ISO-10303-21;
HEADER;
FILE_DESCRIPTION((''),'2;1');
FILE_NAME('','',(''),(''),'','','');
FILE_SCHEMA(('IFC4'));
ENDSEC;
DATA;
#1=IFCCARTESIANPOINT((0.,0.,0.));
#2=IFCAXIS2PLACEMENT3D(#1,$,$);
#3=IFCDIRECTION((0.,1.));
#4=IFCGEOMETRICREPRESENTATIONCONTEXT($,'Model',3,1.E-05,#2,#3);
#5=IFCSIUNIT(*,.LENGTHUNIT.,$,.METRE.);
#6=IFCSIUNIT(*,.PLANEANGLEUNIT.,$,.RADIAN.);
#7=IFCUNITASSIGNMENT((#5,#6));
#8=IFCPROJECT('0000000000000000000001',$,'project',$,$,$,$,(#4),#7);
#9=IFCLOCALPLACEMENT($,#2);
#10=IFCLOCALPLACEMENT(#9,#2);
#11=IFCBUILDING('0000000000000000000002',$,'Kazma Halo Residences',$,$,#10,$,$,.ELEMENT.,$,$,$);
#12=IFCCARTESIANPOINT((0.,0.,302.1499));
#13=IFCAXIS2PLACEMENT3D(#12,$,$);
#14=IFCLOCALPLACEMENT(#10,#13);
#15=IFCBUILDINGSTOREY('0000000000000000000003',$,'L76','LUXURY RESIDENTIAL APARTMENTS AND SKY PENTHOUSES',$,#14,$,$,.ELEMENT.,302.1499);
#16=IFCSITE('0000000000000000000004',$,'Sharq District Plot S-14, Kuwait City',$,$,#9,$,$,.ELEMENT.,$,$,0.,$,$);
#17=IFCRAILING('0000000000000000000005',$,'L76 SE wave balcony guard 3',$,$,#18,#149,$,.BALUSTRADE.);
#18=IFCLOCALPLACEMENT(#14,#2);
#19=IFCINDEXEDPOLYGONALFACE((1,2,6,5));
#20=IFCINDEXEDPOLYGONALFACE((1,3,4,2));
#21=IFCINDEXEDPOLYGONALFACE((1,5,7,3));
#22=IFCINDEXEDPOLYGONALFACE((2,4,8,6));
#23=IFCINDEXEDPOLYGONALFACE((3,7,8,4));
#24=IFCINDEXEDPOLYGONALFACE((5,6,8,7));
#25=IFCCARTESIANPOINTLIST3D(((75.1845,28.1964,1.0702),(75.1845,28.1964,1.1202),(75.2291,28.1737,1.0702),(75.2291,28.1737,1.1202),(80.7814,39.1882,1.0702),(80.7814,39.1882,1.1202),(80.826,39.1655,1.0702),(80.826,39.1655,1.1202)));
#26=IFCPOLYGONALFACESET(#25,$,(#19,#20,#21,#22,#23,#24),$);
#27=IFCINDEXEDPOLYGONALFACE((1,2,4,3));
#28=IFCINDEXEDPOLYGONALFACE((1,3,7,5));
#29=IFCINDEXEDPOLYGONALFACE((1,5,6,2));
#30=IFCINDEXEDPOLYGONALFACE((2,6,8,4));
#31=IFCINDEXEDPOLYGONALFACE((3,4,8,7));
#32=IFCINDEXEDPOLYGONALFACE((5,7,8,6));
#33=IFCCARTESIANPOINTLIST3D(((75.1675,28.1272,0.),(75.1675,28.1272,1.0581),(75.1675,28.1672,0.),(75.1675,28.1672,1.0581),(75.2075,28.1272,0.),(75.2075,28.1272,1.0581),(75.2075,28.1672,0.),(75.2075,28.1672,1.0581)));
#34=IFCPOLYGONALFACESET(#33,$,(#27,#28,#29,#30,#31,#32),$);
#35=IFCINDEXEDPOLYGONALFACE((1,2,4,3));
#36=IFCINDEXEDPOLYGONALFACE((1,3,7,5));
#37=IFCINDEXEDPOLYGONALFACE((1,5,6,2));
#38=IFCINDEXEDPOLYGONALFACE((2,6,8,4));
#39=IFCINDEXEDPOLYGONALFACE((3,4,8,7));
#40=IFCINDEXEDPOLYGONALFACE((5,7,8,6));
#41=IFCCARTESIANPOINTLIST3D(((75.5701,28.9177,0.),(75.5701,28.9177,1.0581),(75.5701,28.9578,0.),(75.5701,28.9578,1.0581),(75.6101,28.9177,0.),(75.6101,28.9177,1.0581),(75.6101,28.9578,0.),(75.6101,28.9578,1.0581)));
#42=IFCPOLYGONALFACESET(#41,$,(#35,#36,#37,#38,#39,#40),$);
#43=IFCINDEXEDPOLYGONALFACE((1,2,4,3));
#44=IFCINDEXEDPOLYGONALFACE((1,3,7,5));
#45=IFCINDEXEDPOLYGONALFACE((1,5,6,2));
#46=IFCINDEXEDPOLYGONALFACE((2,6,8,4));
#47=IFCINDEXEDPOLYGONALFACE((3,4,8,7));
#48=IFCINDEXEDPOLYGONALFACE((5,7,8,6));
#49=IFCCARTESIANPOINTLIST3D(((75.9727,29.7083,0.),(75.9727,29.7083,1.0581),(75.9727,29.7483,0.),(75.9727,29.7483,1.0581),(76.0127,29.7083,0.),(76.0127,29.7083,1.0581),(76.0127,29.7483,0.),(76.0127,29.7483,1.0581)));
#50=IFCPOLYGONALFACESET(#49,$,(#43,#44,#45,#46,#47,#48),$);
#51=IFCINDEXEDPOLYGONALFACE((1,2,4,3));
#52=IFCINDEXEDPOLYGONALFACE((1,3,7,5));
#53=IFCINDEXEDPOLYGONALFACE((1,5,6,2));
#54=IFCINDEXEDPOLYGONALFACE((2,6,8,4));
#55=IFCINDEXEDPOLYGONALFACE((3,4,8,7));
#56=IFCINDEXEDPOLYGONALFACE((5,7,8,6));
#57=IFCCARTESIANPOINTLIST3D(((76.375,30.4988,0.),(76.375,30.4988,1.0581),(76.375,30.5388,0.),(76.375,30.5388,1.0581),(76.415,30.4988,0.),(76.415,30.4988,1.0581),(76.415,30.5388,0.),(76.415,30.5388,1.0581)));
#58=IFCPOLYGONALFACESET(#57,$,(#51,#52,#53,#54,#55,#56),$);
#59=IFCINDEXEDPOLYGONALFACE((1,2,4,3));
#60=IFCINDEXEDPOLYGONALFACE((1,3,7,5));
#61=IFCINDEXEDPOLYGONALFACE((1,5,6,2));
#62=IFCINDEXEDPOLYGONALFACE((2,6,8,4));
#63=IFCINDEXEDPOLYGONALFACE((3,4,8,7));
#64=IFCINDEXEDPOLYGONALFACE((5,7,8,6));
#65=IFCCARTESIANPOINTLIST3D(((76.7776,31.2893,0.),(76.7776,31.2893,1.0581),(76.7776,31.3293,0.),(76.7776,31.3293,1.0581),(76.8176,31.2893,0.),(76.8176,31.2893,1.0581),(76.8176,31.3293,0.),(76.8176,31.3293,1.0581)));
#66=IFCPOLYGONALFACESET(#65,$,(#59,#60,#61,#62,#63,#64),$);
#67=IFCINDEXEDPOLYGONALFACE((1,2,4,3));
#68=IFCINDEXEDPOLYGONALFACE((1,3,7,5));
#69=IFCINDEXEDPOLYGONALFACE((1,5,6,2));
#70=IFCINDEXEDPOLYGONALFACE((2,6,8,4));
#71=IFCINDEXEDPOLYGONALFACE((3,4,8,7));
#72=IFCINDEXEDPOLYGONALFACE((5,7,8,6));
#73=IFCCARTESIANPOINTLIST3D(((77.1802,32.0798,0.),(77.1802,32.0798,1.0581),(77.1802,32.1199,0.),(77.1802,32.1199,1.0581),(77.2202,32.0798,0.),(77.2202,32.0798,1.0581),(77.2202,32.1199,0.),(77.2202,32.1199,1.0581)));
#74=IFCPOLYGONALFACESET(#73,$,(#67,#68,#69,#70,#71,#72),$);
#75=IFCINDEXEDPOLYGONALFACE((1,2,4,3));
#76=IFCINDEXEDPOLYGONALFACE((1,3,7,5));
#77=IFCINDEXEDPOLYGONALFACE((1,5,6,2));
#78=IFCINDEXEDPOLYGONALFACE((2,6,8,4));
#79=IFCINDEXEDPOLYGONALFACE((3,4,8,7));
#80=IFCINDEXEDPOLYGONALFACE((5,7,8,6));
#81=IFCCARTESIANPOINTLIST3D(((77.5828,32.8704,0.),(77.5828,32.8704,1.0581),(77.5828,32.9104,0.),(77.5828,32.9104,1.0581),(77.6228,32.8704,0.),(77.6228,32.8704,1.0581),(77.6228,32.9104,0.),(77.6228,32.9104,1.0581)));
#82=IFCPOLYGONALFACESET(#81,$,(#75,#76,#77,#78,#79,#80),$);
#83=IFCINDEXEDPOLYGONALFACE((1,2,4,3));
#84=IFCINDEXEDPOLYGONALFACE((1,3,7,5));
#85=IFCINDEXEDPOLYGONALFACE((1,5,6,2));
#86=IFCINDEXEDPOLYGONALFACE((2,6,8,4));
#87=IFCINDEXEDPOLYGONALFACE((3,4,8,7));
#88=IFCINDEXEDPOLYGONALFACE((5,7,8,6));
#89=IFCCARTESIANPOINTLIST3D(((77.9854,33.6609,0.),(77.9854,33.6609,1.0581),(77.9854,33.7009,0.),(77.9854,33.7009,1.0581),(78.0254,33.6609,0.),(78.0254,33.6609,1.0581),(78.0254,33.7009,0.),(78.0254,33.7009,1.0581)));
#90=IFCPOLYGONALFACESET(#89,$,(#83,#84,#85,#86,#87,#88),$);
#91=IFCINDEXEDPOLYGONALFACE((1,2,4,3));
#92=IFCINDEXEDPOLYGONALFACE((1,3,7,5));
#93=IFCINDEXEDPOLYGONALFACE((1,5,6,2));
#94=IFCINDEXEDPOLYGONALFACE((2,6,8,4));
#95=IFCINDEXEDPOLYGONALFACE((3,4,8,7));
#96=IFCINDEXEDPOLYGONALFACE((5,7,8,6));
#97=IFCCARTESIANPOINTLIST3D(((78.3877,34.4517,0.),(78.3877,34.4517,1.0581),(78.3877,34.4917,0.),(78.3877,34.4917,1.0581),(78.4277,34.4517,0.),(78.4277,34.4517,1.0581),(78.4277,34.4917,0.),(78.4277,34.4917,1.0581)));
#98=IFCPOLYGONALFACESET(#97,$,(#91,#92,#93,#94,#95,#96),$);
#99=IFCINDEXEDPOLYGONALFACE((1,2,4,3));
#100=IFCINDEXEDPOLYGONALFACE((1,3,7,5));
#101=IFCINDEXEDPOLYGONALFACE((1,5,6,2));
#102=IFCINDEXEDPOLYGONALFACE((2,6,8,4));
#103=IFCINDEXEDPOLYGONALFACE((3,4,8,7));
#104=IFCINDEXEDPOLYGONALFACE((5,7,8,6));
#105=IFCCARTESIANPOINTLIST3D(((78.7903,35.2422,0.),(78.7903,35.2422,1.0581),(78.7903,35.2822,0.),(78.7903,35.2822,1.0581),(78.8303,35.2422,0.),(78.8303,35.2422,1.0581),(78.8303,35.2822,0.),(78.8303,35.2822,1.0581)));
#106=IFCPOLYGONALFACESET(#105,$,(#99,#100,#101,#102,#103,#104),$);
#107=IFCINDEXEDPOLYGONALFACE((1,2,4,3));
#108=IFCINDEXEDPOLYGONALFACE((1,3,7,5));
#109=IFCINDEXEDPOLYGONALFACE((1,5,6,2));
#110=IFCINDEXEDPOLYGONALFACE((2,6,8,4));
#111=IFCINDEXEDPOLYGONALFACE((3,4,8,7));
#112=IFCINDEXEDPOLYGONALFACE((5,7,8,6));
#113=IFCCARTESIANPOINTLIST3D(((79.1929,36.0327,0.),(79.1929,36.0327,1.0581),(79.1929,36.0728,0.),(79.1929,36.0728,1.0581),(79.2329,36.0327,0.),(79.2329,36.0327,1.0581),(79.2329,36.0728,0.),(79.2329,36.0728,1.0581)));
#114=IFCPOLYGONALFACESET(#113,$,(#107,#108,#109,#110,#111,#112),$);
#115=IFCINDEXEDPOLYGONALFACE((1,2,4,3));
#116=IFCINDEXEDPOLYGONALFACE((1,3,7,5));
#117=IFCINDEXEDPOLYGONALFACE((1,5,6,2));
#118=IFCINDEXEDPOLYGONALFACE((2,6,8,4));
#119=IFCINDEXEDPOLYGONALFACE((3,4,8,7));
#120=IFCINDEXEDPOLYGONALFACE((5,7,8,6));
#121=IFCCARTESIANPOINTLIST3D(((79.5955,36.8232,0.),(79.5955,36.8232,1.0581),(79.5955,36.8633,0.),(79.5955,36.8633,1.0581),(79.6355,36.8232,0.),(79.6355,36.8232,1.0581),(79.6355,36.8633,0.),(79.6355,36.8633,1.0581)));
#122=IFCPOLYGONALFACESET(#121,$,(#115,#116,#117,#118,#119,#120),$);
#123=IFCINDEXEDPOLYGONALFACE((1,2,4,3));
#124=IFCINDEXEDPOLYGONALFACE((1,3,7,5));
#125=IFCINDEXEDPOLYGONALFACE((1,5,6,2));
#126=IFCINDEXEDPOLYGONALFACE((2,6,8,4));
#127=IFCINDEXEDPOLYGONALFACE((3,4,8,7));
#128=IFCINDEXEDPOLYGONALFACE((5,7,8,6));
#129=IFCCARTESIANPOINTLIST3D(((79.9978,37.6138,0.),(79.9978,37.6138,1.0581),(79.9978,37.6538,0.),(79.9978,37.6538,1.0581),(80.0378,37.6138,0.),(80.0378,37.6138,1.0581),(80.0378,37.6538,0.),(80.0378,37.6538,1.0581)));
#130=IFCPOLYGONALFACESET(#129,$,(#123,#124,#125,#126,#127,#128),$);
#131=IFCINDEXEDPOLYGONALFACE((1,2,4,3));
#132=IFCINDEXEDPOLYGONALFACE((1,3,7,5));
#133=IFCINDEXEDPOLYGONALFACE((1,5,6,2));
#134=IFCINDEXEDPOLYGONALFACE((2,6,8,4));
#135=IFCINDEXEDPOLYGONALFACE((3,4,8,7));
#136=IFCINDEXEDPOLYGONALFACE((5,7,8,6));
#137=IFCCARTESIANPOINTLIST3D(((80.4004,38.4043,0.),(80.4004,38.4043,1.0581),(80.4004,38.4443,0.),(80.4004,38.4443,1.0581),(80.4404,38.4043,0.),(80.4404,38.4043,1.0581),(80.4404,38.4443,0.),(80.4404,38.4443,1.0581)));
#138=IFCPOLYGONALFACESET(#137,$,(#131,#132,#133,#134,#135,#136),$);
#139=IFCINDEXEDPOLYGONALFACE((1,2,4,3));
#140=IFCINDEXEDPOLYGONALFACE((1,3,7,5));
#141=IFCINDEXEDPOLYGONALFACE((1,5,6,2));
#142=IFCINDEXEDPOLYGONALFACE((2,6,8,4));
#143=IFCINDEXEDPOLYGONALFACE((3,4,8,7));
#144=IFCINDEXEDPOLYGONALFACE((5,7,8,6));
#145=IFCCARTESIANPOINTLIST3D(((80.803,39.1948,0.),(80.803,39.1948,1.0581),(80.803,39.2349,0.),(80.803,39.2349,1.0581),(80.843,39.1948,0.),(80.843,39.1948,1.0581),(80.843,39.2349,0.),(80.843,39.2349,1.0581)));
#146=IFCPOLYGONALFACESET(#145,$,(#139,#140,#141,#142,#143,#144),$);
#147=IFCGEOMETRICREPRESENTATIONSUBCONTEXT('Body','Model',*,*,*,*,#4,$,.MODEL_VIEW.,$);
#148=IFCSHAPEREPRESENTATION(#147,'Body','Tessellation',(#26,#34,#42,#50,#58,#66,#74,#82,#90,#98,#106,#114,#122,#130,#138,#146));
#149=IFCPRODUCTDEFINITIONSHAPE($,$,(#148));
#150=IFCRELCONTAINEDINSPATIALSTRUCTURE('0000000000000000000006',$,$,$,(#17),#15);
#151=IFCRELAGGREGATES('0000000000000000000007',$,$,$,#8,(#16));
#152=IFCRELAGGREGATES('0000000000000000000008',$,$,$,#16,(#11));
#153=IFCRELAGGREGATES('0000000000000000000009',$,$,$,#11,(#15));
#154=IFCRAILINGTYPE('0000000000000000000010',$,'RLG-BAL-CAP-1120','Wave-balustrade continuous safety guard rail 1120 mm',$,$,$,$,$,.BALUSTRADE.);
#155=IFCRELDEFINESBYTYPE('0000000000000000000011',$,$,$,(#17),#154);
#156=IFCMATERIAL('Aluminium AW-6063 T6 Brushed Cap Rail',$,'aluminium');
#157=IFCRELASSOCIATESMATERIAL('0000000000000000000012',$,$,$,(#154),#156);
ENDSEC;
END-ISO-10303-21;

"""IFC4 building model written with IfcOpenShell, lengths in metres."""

from ifc_helpers import new_model, si_unit, direction, frame, origin, origin_2d, place, context, subcontext, project, spatial, rectangle, extrude, material, type_object, element, save


model = new_model("IFC4")

# Units and contexts
model_context = context("Model", 3, precision=1e-05, world=origin(), true_north=direction((0.0, 1.0)))
body_context = subcontext(model_context, "Body", "Model", "MODEL_VIEW")
ifc_project = project(units=[si_unit("LENGTHUNIT", "METRE"), si_unit("PLANEANGLEUNIT", "RADIAN")], contexts=[model_context])

# Site, building, storey
site_placement = place(None, origin())
site = spatial("IfcSite", under=ifc_project, at=site_placement, Name="Sharq District Plot S-14, Kuwait City", CompositionType="ELEMENT", RefElevation=0.0)
building_placement = place(site_placement, origin())
building = spatial("IfcBuilding", under=site, at=building_placement, Name="Kazma Halo Residences", CompositionType="ELEMENT")
storey_placement = place(building_placement, frame((0.0, 0.0, 302.1499)))
storey = spatial("IfcBuildingStorey", under=building, at=storey_placement, Name="L76", Description="LUXURY RESIDENTIAL APARTMENTS AND SKY PENTHOUSES", CompositionType="ELEMENT", Elevation=302.1499)

# Railing
ifc_material_1 = material(Name="Aluminium AW-6063 T6 Brushed Cap Rail", Category="aluminium")
railing_type = type_object("IfcRailingType", Name="RLG-BAL-CAP-1120", Description="Wave-balustrade continuous safety guard rail 1120 mm", PredefinedType="BALUSTRADE", material=ifc_material_1)
railing_1_placement = place(storey_placement, frame((75.1875, 28.1472, 0.0)))
element("IfcRailing", 1, at=railing_1_placement, inside=storey, type_object=railing_type, Name="L76 SE wave balcony guard 3", PredefinedType="BALUSTRADE", context=body_context, shape_type="SweptSolid", body=[
    extrude(rectangle(XDim=0.05, YDim=0.05, at=origin_2d()), frame((0.0193, 0.0378, 1.0952), z_axis=(0.453751, 0.891128, 0.0), x_axis=(-0.891128, 0.453751, 0.0)), (0.0, 0.0, 1.0), 12.3347),
    extrude(rectangle(XDim=0.04, YDim=0.04, at=origin_2d()), origin(), (0.0, 0.0, 1.0), 1.0581),
    extrude(rectangle(XDim=0.04, YDim=0.04, at=origin_2d()), frame((0.4026, 0.7905, 0.0)), (0.0, 0.0, 1.0), 1.0581),
    extrude(rectangle(XDim=0.04, YDim=0.04, at=origin_2d()), frame((0.8052, 1.5811, 0.0)), (0.0, 0.0, 1.0), 1.0581),
    extrude(rectangle(XDim=0.04, YDim=0.04, at=origin_2d()), frame((1.2075, 2.3716, 0.0)), (0.0, 0.0, 1.0), 1.0581),
    extrude(rectangle(XDim=0.04, YDim=0.04, at=origin_2d()), frame((1.6101, 3.1621, 0.0)), (0.0, 0.0, 1.0), 1.0581),
    extrude(rectangle(XDim=0.04, YDim=0.04, at=origin_2d()), frame((2.0127, 3.9526, 0.0)), (0.0, 0.0, 1.0), 1.0581),
    extrude(rectangle(XDim=0.04, YDim=0.04, at=origin_2d()), frame((2.4153, 4.7432, 0.0)), (0.0, 0.0, 1.0), 1.0581),
    extrude(rectangle(XDim=0.04, YDim=0.04, at=origin_2d()), frame((2.8179, 5.5337, 0.0)), (0.0, 0.0, 1.0), 1.0581),
    extrude(rectangle(XDim=0.04, YDim=0.04, at=origin_2d()), frame((3.2202, 6.3245, 0.0)), (0.0, 0.0, 1.0), 1.0581),
    extrude(rectangle(XDim=0.04, YDim=0.04, at=origin_2d()), frame((3.6228, 7.115, 0.0)), (0.0, 0.0, 1.0), 1.0581),
    extrude(rectangle(XDim=0.04, YDim=0.04, at=origin_2d()), frame((4.0254, 7.9055, 0.0)), (0.0, 0.0, 1.0), 1.0581),
    extrude(rectangle(XDim=0.04, YDim=0.04, at=origin_2d()), frame((4.428, 8.696, 0.0)), (0.0, 0.0, 1.0), 1.0581),
    extrude(rectangle(XDim=0.04, YDim=0.04, at=origin_2d()), frame((4.8303, 9.4866, 0.0)), (0.0, 0.0, 1.0), 1.0581),
    extrude(rectangle(XDim=0.04, YDim=0.04, at=origin_2d()), frame((5.2329, 10.2771, 0.0)), (0.0, 0.0, 1.0), 1.0581),
    extrude(rectangle(XDim=0.04, YDim=0.04, at=origin_2d()), frame((5.6355, 11.0676, 0.0)), (0.0, 0.0, 1.0), 1.0581),
])

save(model, "model.ifc")
